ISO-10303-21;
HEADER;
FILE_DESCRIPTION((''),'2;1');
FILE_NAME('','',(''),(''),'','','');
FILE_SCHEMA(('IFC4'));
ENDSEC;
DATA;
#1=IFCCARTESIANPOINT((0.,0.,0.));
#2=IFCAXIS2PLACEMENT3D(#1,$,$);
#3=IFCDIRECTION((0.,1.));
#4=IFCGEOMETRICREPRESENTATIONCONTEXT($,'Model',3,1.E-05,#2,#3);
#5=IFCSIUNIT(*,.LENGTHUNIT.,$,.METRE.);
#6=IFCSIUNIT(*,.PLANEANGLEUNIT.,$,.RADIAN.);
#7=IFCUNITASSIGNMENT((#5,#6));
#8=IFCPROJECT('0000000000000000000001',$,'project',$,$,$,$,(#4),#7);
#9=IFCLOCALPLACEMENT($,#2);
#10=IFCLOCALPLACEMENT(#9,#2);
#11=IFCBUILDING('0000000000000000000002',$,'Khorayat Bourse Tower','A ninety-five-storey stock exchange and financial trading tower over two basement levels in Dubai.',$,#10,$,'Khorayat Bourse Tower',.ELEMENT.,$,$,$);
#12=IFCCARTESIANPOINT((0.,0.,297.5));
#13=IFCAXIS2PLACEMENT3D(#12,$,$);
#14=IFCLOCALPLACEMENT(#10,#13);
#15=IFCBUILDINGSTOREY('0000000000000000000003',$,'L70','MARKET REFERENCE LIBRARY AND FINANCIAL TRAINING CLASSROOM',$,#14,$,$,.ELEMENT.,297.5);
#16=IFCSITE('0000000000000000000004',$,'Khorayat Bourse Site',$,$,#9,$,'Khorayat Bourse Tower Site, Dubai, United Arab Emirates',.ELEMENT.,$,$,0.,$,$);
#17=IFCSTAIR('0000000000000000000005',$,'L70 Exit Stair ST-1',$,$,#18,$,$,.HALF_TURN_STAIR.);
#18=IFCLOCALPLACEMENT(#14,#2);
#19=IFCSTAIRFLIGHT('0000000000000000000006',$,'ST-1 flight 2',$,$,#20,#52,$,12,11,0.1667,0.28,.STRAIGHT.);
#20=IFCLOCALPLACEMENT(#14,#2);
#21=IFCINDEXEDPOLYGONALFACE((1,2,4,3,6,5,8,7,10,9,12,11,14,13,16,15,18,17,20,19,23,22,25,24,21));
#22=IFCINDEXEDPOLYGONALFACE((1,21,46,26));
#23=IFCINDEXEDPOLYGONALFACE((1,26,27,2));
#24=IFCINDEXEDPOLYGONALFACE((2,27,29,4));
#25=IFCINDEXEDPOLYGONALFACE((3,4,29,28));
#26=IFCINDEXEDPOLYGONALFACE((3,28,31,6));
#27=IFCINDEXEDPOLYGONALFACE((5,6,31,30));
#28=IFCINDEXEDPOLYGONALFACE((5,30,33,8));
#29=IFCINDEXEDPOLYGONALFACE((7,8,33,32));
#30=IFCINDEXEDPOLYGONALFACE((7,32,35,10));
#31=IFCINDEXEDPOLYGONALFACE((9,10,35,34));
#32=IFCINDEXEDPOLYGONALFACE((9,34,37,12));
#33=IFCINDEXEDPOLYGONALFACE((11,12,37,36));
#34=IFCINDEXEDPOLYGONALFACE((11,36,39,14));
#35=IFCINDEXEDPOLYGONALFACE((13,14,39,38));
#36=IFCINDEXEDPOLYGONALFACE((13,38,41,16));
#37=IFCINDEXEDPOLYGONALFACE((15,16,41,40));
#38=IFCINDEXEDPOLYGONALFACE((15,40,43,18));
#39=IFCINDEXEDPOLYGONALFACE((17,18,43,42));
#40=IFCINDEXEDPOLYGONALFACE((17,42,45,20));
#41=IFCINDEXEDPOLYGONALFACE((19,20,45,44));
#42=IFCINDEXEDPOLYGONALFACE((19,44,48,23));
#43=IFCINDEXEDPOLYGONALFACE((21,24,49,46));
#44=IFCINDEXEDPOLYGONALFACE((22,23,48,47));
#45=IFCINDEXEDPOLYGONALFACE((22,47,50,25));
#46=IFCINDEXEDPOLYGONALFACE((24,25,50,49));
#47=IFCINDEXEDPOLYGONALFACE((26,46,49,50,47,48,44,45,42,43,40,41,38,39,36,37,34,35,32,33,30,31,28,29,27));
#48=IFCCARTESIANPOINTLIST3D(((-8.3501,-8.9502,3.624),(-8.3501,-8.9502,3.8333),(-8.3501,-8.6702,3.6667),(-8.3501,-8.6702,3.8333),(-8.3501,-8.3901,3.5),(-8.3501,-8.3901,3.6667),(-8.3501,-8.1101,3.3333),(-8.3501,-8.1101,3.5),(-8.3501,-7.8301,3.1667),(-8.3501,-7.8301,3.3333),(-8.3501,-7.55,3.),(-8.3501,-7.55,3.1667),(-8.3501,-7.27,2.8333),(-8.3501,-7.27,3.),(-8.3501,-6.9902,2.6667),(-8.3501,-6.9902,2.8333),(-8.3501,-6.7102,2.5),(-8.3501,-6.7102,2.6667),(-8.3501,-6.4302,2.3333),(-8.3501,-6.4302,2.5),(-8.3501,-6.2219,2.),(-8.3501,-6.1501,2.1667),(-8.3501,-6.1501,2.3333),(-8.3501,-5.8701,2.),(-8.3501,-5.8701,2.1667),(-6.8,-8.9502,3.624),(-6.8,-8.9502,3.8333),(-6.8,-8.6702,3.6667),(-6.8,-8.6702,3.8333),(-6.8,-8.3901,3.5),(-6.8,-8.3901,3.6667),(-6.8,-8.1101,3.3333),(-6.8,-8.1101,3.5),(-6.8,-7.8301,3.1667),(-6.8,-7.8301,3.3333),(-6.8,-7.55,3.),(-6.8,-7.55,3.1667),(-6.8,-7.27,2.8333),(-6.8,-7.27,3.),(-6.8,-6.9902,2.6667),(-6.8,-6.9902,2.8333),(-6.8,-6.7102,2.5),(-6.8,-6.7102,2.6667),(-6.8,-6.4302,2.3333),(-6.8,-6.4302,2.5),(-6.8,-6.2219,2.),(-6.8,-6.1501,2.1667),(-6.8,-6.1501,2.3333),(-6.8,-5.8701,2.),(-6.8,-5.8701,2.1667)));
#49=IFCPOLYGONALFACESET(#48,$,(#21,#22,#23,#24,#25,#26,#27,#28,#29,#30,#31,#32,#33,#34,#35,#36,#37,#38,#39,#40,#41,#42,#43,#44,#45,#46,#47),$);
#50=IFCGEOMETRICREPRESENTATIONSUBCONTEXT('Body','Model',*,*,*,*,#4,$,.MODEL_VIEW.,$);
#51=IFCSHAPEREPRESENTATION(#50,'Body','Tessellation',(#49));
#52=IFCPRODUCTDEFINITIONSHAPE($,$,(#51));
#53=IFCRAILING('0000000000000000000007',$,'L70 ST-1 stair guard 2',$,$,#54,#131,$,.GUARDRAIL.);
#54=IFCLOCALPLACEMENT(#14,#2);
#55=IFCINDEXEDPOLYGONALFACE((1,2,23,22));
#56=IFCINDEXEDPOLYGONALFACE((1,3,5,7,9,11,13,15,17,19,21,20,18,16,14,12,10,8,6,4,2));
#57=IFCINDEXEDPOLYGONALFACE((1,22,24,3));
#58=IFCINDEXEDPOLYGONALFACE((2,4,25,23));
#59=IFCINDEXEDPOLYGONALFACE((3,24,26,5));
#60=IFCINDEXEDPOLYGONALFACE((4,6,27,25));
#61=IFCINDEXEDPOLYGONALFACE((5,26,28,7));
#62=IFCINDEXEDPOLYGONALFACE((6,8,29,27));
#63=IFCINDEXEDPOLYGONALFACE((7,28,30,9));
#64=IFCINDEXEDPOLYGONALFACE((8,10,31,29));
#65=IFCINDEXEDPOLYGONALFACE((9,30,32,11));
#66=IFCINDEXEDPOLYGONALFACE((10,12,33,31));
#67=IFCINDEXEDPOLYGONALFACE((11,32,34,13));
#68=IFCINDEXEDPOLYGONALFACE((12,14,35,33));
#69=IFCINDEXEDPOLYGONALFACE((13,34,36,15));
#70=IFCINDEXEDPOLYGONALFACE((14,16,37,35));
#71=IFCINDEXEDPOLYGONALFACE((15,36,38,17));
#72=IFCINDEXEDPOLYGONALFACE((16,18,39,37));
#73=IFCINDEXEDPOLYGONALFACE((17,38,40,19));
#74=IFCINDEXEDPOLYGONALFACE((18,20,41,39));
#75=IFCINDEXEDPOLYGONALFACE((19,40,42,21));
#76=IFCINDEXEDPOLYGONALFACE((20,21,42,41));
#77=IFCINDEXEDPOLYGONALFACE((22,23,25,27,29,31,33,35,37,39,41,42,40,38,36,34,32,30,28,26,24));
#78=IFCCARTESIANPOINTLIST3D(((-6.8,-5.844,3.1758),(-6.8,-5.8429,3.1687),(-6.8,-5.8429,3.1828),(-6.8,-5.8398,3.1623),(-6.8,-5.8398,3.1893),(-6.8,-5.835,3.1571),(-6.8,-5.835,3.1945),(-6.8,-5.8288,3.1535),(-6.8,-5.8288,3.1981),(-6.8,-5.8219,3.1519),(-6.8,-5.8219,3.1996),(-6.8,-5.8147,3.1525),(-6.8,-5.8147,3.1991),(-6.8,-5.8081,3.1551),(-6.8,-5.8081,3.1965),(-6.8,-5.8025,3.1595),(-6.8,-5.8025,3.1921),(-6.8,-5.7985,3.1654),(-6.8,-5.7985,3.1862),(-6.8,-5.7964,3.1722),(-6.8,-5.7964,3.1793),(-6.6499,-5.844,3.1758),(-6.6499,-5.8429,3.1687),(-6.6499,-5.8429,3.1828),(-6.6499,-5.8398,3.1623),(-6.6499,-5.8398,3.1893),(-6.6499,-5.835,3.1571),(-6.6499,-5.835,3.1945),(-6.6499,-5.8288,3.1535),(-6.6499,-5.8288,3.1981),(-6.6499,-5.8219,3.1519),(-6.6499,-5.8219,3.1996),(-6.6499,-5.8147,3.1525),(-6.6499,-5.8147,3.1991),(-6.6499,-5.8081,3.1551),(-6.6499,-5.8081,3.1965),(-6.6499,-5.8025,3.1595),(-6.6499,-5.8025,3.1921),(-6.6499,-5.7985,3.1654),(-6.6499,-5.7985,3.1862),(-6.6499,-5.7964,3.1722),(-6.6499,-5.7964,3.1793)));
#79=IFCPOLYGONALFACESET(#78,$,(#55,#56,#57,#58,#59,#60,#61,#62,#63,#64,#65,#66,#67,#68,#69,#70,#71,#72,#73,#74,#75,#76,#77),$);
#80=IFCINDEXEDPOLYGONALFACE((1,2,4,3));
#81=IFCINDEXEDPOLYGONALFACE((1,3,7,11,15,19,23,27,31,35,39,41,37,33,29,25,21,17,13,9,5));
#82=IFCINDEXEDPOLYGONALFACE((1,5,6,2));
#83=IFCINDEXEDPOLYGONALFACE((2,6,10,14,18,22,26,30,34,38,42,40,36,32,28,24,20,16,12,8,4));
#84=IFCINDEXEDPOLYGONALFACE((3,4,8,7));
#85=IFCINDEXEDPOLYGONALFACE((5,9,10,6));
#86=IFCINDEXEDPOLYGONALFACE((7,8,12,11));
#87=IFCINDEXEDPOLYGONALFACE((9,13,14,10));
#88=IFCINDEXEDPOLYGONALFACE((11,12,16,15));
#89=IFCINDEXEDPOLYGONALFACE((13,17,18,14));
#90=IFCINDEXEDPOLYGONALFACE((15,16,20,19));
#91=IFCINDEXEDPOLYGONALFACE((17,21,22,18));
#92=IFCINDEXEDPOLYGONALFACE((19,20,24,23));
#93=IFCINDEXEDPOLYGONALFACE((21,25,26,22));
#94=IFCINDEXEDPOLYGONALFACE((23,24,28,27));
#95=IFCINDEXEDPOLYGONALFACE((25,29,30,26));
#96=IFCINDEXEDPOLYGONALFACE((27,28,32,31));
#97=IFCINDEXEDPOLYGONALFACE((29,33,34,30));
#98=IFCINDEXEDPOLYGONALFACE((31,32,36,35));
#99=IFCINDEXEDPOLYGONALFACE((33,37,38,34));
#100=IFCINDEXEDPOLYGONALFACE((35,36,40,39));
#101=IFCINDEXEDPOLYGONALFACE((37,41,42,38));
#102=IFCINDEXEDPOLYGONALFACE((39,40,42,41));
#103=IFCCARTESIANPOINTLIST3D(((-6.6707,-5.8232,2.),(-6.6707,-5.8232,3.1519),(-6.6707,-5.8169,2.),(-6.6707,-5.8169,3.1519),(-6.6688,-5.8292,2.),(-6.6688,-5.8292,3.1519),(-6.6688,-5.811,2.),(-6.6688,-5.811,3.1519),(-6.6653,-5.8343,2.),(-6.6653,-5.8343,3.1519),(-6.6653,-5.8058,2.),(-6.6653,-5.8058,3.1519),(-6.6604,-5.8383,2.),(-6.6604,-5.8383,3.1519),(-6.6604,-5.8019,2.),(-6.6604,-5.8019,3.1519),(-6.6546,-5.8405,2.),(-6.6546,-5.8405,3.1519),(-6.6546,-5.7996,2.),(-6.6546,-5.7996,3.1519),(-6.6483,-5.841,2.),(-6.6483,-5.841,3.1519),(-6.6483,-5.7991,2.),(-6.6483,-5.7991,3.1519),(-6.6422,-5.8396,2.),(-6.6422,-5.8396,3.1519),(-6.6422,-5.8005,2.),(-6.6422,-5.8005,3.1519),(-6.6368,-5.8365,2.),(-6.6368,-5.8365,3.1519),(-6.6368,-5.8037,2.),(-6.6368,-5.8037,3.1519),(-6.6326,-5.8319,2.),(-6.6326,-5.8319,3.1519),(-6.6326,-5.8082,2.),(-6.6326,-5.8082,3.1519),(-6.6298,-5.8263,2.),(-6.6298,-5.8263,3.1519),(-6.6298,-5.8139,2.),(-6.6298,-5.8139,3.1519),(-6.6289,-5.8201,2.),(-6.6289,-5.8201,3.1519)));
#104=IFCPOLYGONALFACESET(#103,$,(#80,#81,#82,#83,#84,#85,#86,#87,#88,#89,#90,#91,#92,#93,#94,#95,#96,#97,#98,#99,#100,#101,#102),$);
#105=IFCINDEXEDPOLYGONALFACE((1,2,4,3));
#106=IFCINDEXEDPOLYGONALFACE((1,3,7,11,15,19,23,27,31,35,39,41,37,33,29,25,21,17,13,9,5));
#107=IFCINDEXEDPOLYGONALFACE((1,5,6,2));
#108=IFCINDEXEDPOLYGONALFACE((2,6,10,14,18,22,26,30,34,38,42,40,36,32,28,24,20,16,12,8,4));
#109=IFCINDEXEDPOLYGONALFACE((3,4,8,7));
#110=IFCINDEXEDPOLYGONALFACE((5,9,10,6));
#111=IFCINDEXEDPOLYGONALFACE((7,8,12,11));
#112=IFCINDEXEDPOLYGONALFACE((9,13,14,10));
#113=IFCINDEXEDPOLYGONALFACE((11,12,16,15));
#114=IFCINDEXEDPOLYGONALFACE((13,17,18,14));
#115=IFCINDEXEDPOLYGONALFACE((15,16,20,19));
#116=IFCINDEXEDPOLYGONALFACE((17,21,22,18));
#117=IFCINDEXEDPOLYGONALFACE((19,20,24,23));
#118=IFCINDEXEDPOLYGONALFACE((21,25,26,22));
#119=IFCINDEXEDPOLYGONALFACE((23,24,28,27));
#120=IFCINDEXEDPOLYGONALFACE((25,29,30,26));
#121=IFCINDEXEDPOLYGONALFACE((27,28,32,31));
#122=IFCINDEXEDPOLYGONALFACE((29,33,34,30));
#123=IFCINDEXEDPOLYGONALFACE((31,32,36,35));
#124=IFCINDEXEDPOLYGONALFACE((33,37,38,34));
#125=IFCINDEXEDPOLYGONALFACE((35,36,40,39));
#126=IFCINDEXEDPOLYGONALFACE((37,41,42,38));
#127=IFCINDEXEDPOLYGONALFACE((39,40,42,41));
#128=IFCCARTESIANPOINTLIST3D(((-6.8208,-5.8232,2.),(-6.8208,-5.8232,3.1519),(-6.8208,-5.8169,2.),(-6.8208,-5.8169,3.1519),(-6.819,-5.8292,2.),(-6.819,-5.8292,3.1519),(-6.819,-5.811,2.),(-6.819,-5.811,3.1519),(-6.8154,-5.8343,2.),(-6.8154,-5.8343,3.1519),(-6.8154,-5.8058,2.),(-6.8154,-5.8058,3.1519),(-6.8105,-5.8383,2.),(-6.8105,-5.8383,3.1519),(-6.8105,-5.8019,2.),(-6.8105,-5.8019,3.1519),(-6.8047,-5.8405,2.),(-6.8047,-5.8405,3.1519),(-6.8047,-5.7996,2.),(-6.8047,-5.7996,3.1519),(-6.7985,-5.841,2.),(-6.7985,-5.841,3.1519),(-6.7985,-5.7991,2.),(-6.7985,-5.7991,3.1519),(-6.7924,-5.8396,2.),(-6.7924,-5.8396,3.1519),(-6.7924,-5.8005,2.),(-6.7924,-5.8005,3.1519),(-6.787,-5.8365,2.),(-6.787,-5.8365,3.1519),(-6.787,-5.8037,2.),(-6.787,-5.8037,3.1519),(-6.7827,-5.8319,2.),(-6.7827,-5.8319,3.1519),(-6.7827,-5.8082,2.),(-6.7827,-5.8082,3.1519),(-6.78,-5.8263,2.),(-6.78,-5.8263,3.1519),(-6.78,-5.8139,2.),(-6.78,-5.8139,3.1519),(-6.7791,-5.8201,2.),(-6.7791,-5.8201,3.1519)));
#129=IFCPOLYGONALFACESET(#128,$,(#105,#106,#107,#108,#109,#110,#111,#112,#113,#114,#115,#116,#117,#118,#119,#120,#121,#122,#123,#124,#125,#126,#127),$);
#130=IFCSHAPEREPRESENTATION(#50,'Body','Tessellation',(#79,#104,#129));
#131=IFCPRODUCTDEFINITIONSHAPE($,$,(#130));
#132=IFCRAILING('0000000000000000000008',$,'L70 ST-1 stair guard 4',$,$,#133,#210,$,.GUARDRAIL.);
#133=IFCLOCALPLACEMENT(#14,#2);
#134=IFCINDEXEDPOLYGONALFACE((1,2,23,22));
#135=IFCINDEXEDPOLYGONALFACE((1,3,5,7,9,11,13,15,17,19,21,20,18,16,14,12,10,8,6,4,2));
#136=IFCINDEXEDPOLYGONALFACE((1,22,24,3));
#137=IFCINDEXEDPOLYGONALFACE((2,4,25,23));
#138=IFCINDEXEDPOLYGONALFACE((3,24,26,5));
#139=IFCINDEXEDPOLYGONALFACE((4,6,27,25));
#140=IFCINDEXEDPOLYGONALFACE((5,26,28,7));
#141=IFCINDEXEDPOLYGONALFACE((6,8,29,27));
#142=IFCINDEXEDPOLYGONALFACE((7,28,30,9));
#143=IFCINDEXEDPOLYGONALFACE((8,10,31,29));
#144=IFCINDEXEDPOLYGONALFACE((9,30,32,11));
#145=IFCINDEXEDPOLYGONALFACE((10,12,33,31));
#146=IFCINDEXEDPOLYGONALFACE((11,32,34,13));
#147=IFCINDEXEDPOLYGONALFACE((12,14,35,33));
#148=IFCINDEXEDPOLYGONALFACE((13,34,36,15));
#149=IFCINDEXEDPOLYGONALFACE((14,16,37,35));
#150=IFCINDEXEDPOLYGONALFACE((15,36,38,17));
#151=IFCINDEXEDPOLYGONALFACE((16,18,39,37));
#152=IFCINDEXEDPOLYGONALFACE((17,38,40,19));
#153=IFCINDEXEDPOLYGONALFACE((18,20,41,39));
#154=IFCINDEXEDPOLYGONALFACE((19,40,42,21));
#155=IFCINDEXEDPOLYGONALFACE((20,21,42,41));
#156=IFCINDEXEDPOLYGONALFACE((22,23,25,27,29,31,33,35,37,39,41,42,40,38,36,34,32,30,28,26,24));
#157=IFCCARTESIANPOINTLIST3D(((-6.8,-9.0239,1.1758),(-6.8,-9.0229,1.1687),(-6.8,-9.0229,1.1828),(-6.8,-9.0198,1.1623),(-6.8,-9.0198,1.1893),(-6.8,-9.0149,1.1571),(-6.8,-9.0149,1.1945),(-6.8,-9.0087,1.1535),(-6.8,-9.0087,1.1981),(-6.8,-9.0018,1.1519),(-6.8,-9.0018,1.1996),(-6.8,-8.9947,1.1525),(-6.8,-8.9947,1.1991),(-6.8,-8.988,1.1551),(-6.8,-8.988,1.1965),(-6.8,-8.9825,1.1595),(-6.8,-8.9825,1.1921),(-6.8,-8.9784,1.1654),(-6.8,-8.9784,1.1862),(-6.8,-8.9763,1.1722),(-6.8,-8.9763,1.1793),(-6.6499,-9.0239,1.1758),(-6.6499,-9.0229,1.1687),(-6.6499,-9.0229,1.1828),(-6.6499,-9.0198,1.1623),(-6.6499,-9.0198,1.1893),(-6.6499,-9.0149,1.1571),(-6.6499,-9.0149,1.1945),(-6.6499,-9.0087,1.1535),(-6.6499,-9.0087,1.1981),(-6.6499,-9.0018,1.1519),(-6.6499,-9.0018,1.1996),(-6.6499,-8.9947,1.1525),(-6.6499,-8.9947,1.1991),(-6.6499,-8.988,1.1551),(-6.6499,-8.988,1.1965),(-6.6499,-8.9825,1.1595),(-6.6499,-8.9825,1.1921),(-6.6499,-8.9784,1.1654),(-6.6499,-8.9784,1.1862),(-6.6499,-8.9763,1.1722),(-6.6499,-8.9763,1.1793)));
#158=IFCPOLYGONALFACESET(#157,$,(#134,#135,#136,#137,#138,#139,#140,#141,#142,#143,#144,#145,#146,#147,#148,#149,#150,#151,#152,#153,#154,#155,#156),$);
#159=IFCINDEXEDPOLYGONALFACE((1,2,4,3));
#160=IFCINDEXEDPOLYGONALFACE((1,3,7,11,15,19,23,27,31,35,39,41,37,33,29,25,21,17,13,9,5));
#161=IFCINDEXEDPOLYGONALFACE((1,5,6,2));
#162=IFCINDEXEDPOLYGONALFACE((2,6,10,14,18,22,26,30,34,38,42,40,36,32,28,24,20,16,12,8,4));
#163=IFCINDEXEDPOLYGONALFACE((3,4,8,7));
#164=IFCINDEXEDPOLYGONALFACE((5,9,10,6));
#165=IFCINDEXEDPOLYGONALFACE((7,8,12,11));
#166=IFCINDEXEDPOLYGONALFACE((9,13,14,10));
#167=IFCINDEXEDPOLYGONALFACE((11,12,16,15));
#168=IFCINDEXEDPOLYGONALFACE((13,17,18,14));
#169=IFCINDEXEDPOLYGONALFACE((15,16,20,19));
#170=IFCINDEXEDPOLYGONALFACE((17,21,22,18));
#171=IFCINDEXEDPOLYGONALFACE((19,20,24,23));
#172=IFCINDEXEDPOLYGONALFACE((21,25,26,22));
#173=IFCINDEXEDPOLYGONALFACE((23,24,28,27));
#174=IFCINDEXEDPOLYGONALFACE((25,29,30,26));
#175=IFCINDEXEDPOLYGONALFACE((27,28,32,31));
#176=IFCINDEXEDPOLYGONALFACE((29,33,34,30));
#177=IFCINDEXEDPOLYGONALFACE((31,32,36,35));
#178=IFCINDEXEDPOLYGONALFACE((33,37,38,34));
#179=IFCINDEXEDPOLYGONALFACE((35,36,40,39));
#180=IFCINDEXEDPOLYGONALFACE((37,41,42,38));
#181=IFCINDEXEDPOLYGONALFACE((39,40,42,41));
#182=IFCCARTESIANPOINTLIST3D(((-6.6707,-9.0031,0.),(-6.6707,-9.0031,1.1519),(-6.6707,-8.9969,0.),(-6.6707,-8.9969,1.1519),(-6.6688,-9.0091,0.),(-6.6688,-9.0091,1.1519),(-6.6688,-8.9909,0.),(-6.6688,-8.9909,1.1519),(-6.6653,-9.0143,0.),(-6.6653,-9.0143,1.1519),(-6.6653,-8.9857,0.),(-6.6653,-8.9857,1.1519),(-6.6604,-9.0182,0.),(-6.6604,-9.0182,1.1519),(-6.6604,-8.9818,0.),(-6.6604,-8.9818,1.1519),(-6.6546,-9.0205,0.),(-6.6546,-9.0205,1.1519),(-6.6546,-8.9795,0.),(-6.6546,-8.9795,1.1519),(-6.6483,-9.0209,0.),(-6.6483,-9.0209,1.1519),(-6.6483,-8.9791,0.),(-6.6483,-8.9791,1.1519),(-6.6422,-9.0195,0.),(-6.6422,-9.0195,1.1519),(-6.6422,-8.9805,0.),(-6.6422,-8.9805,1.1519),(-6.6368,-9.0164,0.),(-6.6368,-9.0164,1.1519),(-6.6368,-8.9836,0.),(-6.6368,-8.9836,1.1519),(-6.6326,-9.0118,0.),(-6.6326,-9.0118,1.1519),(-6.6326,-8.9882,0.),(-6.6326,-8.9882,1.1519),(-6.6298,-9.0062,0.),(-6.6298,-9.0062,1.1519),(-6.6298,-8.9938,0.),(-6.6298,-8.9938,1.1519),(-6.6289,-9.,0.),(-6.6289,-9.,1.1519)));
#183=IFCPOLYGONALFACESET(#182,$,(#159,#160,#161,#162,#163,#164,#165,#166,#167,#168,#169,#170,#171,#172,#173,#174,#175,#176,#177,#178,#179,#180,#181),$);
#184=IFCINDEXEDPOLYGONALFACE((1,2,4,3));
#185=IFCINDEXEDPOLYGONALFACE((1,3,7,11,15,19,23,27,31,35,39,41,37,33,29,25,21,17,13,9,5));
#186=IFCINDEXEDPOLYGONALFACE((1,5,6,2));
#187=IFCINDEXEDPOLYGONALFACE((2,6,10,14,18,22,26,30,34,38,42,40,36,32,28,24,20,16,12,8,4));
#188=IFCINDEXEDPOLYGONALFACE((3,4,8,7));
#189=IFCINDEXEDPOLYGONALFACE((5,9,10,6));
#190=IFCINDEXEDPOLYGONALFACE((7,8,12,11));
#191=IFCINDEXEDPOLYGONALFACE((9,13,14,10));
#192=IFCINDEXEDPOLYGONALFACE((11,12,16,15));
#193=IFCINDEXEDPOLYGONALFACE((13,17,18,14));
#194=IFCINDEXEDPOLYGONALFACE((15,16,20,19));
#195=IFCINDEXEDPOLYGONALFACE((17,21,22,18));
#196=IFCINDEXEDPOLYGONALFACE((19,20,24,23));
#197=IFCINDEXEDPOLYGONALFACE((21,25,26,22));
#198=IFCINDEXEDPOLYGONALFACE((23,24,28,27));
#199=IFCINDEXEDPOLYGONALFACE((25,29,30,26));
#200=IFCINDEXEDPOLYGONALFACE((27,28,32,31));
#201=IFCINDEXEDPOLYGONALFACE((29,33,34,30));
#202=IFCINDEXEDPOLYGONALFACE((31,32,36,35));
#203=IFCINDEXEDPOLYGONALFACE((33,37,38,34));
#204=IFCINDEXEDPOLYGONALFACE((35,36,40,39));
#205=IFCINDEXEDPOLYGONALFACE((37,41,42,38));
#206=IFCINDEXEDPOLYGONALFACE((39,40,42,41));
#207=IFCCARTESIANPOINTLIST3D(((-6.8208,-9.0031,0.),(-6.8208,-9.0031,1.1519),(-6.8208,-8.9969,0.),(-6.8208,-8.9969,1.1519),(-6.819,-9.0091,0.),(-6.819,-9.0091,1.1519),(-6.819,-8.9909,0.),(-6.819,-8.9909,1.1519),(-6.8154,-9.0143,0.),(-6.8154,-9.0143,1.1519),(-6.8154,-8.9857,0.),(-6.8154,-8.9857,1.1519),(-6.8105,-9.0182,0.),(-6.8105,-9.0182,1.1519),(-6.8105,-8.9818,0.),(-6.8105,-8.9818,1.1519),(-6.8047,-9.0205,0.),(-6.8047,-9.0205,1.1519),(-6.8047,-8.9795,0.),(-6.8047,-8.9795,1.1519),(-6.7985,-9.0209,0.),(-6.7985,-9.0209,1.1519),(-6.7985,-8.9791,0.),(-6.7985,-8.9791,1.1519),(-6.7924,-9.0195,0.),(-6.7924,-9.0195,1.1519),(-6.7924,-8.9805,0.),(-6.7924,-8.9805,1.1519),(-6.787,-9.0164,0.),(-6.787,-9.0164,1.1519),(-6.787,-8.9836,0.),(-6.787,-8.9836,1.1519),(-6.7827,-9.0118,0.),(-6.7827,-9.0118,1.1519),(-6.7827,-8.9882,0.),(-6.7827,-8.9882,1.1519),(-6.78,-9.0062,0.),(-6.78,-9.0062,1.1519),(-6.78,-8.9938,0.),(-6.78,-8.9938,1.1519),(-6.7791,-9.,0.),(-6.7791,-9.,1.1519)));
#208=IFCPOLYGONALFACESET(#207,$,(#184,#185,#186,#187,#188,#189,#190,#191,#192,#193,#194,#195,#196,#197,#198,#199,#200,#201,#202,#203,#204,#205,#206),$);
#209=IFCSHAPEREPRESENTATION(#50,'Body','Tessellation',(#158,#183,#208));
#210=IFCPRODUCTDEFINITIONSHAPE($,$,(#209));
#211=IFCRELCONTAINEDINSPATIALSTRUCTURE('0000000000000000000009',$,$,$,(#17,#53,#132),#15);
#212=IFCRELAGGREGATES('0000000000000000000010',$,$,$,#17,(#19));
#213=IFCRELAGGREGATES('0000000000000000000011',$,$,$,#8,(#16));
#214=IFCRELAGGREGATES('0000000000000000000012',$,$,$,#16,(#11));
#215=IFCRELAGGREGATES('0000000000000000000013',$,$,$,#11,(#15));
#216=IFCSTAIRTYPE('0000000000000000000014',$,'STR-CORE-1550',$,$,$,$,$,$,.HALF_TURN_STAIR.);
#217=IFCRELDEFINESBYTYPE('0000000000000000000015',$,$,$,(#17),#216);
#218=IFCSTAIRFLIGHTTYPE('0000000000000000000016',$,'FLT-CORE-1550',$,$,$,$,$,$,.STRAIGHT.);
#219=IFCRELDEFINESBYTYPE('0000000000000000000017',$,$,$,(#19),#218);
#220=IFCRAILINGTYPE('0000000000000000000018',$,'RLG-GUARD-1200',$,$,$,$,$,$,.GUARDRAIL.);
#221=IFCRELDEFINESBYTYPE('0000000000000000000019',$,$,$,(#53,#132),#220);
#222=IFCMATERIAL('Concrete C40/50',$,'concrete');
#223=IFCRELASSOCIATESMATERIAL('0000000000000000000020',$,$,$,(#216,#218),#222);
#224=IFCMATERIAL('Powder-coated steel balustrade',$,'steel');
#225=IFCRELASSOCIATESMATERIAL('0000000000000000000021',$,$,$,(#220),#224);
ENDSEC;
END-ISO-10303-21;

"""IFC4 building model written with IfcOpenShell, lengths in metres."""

from ifc_helpers import new_model, si_unit, direction, frame, origin, origin_2d, place, context, subcontext, project, spatial, polyline, circle, outline, extrude, source, transform, mapped, material, type_object, element, aggregate, save


model = new_model("IFC4")

# Units and contexts
model_context = context("Model", 3, precision=1e-05, world=origin(), true_north=direction((0.0, 1.0)))
body_context = subcontext(model_context, "Body", "Model", "MODEL_VIEW")
ifc_project = project(units=[si_unit("LENGTHUNIT", "METRE"), si_unit("PLANEANGLEUNIT", "RADIAN")], contexts=[model_context])

# Site, building, storey
site_placement = place(None, origin())
site = spatial("IfcSite", under=ifc_project, at=site_placement, Name="Khorayat Bourse Site", LongName="Khorayat Bourse Tower Site, Dubai, United Arab Emirates", CompositionType="ELEMENT", RefElevation=0.0)
building_placement = place(site_placement, origin())
building = spatial("IfcBuilding", under=site, at=building_placement, Name="Khorayat Bourse Tower", Description="A ninety-five-storey stock exchange and financial trading tower over two basement levels in Dubai.", LongName="Khorayat Bourse Tower", CompositionType="ELEMENT")
storey_placement = place(building_placement, frame((0.0, 0.0, 297.5)))
storey = spatial("IfcBuildingStorey", under=building, at=storey_placement, Name="L70", Description="MARKET REFERENCE LIBRARY AND FINANCIAL TRAINING CLASSROOM", CompositionType="ELEMENT", Elevation=297.5)

# Stair, stair flight
ifc_material_1 = material(Name="Concrete C40/50", Category="concrete")
stair_type = type_object("IfcStairType", Name="STR-CORE-1550", PredefinedType="HALF_TURN_STAIR", material=ifc_material_1)
stair_placement = place(storey_placement, origin())
stair = element("IfcStair", 1, at=stair_placement, inside=storey, type_object=stair_type, Name="L70 Exit Stair ST-1", PredefinedType="HALF_TURN_STAIR")
stair_flight_type = type_object("IfcStairFlightType", Name="FLT-CORE-1550", PredefinedType="STRAIGHT", material=ifc_material_1)
shared_shape_1 = source(origin(), body_context, "Body", "SweptSolid", [
    extrude(outline(polyline([(0.0, 0.0), (0.0, 0.1667), (0.28, 0.1667), (0.28, 0.3333), (0.5601, 0.3333), (0.5601, 0.5), (0.8401, 0.5), (0.8401, 0.6667), (1.1201, 0.6667), (1.1201, 0.8333), (1.3999, 0.8333), (1.3999, 1.0), (1.6799, 1.0), (1.6799, 1.1667), (1.96, 1.1667), (1.96, 1.3333), (2.24, 1.3333), (2.24, 1.5), (2.52, 1.5), (2.52, 1.6667), (2.8, 1.6667), (2.8, 1.8333), (3.0801, 1.8333), (3.0801, 2.0), (3.0801, 1.624), (0.3518, 0.0), (0.0, 0.0)])), frame((0.0, 0.7749, 0.0), z_axis=(0.0, -1.0, 0.0), x_axis=(1.0, 0.0, 0.0)), (0.0, 0.0, 1.0), 1.55),
])
stair_flight_1_placement = place(storey_placement, frame((-7.575, -5.8701, 2.0), z_axis=(0.0, 0.0, 1.0), x_axis=(0.0, -1.0, 0.0)))
stair_flight_1 = element("IfcStairFlight", 2, at=stair_flight_1_placement, type_object=stair_flight_type, Name="ST-1 flight 2", NumberOfRisers=12, NumberOfTreads=11, PredefinedType="STRAIGHT", RiserHeight=0.1667, TreadLength=0.28, context=body_context, shape_type="MappedRepresentation", body=[
    mapped(shared_shape_1, transform((0.0, 0.0, 0.0), scale=1.0)),
])
aggregate(stair, [stair_flight_1])

# Railings
ifc_material_2 = material(Name="Powder-coated steel balustrade", Category="steel")
railing_type_1 = type_object("IfcRailingType", Name="RLG-GUARD-1200", PredefinedType="GUARDRAIL", material=ifc_material_2)
shared_shape_2 = source(origin(), body_context, "Body", "SweptSolid", [
    extrude(circle(Radius=0.0239, at=origin_2d()), frame((0.0, 0.0, 1.1758), z_axis=(-1.0, 0.0, 0.0), x_axis=(0.0, -1.0, 0.0)), (0.0, 0.0, 1.0), 0.1501),
    extrude(circle(Radius=0.021, at=origin_2d()), origin(), (0.0, 0.0, 1.0), 1.1519),
    extrude(circle(Radius=0.021, at=origin_2d()), frame((-0.1501, 0.0, 0.0)), (0.0, 0.0, 1.0), 1.1519),
])
for number, where, name in (
    (3, (-6.6499, -5.8201, 2.0), "L70 ST-1 stair guard 2"),
    (4, (-6.6499, -9.0, 0.0), "L70 ST-1 stair guard 4"),
):
    element("IfcRailing", number, at=place(storey_placement, frame(where)), inside=storey, type_object=railing_type_1, Name=name, PredefinedType="GUARDRAIL", context=body_context, shape_type="MappedRepresentation", body=[
        mapped(shared_shape_2, transform((0.0, 0.0, 0.0), scale=1.0)),
    ])

save(model, "model.ifc")
